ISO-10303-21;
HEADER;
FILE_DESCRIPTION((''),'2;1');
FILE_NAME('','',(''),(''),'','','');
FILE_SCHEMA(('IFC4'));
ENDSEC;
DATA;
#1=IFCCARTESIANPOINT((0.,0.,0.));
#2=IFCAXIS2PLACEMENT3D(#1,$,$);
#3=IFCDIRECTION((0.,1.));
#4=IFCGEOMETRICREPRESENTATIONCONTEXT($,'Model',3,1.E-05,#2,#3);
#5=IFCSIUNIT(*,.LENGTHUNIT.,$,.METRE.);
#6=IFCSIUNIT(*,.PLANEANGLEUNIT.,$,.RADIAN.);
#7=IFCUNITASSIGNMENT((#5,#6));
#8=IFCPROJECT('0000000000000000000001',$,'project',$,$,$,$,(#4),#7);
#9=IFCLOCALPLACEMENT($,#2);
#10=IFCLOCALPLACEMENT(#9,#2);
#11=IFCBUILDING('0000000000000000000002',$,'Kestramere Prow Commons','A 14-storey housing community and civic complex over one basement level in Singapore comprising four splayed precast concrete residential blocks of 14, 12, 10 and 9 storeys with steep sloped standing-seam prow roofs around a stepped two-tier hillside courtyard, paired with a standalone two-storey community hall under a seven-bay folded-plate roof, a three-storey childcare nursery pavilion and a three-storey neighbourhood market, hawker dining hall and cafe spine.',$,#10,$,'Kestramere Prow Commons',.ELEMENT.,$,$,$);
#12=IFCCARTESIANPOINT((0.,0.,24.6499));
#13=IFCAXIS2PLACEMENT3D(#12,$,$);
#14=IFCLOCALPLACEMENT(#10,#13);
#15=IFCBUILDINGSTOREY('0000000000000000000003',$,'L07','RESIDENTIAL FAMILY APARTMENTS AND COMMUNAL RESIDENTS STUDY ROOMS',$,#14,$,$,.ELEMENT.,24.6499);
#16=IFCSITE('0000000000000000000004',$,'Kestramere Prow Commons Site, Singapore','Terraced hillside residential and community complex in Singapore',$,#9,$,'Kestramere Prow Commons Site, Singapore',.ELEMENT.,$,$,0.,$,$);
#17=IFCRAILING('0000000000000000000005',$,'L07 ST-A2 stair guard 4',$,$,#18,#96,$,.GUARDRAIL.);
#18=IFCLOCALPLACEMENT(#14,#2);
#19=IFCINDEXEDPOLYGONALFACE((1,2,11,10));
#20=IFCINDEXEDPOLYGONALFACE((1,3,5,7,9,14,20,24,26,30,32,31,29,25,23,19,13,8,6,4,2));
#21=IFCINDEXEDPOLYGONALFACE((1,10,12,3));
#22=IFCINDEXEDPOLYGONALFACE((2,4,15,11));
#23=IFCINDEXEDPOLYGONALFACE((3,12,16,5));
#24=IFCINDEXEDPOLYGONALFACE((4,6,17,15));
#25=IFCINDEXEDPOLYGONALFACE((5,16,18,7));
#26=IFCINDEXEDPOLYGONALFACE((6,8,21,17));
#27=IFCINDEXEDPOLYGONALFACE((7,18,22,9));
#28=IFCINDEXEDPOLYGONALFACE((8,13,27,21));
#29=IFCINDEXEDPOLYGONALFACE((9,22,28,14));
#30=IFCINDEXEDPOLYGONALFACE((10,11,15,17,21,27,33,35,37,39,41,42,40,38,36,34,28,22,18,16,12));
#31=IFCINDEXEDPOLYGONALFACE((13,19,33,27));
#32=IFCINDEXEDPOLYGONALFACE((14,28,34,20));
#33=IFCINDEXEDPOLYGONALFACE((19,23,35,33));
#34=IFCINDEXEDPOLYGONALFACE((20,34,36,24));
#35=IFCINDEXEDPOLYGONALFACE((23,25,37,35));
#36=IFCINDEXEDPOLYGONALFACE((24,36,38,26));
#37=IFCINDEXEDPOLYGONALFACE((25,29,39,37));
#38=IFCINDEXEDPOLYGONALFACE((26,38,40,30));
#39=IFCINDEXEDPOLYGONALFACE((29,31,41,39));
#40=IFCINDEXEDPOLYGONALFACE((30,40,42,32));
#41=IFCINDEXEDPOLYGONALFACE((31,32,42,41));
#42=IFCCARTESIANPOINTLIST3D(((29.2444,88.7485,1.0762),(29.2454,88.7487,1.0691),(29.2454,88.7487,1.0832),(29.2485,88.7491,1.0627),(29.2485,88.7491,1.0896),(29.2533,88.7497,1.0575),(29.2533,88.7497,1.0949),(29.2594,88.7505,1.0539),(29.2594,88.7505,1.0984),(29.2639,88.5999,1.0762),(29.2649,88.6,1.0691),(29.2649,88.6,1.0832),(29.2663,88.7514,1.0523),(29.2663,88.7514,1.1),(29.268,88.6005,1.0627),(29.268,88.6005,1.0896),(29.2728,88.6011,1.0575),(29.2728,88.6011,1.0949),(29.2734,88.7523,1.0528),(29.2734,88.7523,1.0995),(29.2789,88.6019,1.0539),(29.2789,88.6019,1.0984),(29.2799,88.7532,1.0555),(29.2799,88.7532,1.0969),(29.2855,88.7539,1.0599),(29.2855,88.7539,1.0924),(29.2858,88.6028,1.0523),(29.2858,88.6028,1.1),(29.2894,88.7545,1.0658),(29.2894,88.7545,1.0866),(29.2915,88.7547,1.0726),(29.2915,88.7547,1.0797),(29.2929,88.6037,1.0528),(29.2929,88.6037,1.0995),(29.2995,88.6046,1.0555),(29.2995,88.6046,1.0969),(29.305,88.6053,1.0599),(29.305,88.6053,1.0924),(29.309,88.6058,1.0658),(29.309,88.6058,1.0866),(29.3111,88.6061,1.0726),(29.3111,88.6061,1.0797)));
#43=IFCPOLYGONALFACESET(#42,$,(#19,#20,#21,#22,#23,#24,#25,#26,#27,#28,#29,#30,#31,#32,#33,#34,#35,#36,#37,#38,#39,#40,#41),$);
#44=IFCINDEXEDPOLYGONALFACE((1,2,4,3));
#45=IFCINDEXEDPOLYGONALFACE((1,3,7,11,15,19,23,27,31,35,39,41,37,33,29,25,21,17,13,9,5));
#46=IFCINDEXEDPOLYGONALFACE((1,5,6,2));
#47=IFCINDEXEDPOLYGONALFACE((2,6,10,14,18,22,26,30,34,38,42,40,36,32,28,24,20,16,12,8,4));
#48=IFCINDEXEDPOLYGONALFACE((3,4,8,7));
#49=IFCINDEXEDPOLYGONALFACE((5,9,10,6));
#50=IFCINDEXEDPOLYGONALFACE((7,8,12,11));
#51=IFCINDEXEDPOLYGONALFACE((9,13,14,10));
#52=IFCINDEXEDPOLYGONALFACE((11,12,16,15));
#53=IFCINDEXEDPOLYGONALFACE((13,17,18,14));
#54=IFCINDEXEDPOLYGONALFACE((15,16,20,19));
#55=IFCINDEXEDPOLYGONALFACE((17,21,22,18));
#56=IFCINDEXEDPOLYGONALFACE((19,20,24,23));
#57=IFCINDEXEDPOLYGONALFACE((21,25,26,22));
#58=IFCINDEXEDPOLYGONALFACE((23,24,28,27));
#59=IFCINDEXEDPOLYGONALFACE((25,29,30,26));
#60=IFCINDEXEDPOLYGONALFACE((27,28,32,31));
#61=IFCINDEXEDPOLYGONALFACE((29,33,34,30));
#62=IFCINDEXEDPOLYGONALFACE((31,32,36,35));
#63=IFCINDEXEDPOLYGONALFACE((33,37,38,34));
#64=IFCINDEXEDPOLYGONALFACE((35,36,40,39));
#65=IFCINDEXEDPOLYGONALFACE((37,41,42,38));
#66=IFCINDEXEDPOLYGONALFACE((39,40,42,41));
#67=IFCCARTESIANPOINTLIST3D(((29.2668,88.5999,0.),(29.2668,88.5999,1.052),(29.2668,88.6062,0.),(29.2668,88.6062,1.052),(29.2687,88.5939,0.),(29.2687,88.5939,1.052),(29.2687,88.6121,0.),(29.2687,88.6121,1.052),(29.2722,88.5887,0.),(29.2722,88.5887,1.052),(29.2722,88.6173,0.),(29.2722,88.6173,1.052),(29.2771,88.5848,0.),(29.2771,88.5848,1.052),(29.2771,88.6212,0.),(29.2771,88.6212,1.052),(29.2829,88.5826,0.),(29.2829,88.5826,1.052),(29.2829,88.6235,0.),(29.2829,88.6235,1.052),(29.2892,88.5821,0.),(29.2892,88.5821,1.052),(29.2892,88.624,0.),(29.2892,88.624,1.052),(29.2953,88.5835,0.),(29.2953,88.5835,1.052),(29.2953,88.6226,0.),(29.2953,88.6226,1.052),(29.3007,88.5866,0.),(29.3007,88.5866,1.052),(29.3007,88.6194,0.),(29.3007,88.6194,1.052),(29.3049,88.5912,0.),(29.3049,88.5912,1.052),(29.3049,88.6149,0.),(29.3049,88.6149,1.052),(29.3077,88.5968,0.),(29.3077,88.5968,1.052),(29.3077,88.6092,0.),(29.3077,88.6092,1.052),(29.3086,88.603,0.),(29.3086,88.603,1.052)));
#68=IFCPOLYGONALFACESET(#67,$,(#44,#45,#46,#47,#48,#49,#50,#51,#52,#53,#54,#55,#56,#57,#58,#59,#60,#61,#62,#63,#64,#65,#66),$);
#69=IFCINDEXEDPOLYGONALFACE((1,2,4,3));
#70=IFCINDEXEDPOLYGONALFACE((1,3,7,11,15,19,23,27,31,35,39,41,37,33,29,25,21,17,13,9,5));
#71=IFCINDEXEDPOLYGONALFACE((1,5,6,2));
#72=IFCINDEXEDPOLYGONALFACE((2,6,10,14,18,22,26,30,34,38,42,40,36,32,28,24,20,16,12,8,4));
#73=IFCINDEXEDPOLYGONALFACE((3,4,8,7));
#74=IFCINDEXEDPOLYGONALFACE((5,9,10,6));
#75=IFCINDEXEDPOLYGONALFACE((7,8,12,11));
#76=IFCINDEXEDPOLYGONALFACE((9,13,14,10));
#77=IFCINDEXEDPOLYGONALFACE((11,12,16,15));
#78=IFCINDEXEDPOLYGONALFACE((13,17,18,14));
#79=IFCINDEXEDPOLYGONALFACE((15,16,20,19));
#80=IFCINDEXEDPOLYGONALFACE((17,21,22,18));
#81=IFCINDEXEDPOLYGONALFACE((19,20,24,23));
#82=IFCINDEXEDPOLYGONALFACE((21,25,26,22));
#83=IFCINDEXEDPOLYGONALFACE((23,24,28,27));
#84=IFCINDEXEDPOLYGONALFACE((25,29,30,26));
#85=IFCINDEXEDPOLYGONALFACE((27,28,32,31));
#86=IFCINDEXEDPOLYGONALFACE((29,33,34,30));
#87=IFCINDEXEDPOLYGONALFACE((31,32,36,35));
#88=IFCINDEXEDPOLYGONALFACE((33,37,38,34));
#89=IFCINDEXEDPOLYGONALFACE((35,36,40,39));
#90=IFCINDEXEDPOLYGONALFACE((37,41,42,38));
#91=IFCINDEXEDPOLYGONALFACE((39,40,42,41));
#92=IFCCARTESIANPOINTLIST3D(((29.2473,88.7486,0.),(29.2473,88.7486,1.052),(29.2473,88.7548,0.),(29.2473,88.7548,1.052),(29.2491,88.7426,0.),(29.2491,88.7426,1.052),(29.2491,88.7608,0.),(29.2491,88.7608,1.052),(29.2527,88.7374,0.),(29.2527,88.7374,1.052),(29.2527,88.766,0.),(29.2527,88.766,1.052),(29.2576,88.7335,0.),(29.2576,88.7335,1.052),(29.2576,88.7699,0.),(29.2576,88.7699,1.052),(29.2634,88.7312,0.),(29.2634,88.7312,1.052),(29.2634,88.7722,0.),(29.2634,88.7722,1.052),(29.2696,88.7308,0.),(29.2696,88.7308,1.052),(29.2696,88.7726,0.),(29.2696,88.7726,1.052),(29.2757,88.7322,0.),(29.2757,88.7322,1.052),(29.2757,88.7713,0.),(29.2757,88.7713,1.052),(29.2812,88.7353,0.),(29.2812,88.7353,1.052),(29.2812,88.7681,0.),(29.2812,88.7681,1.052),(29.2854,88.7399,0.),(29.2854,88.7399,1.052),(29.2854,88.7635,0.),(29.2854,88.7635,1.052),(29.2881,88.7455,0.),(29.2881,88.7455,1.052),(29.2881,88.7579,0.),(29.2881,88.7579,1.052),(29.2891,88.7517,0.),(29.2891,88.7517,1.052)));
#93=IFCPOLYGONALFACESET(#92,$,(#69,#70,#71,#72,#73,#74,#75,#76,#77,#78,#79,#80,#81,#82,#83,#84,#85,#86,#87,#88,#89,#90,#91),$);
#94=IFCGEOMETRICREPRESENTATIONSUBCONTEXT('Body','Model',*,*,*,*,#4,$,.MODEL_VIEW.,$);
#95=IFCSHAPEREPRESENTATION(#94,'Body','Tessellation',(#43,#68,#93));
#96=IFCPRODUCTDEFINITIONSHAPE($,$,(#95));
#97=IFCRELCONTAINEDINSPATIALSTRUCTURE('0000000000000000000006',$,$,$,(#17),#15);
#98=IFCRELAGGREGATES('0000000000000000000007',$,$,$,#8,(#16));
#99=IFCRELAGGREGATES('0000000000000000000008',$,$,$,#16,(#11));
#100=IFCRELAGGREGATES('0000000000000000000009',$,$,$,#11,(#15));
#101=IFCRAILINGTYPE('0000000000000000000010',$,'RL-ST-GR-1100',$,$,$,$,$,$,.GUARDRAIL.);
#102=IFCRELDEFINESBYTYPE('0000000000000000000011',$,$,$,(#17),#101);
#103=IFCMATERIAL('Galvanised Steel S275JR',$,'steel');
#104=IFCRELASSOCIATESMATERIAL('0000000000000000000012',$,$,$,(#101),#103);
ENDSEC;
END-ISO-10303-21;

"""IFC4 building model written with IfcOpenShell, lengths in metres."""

from ifc_helpers import new_model, si_unit, direction, frame, origin, origin_2d, place, context, subcontext, project, spatial, circle, extrude, material, type_object, element, save


model = new_model("IFC4")

# Units and contexts
model_context = context("Model", 3, precision=1e-05, world=origin(), true_north=direction((0.0, 1.0)))
body_context = subcontext(model_context, "Body", "Model", "MODEL_VIEW")
ifc_project = project(units=[si_unit("LENGTHUNIT", "METRE"), si_unit("PLANEANGLEUNIT", "RADIAN")], contexts=[model_context])

# Site, building, storey
site_placement = place(None, origin())
site = spatial("IfcSite", under=ifc_project, at=site_placement, Name="Kestramere Prow Commons Site, Singapore", Description="Terraced hillside residential and community complex in Singapore", LongName="Kestramere Prow Commons Site, Singapore", CompositionType="ELEMENT", RefElevation=0.0)
building_placement = place(site_placement, origin())
building = spatial("IfcBuilding", under=site, at=building_placement, Name="Kestramere Prow Commons", Description="A 14-storey housing community and civic complex over one basement level in Singapore comprising four splayed precast concrete residential blocks of 14, 12, 10 and 9 storeys with steep sloped standing-seam prow roofs around a stepped two-tier hillside courtyard, paired with a standalone two-storey community hall under a seven-bay folded-plate roof, a three-storey childcare nursery pavilion and a three-storey neighbourhood market, hawker dining hall and cafe spine.", LongName="Kestramere Prow Commons", CompositionType="ELEMENT")
storey_placement = place(building_placement, frame((0.0, 0.0, 24.6499)))
storey = spatial("IfcBuildingStorey", under=building, at=storey_placement, Name="L07", Description="RESIDENTIAL FAMILY APARTMENTS AND COMMUNAL RESIDENTS STUDY ROOMS", CompositionType="ELEMENT", Elevation=24.6499)

# Railing
ifc_material_1 = material(Name="Galvanised Steel S275JR", Category="steel")
railing_type_1 = type_object("IfcRailingType", Name="RL-ST-GR-1100", PredefinedType="GUARDRAIL", material=ifc_material_1)
railing_1_placement = place(storey_placement, frame((29.2876, 88.603, 0.0)))
element("IfcRailing", 1, at=railing_1_placement, inside=storey, type_object=railing_type_1, Name="L07 ST-A2 stair guard 4", PredefinedType="GUARDRAIL", context=body_context, shape_type="SweptSolid", body=[
    extrude(circle(Radius=0.0239, at=origin_2d()), frame((0.0, 0.0, 1.0762), z_axis=(-0.130244, 0.991482, 0.0), x_axis=(-0.991482, -0.130244, 0.0)), (0.0, 0.0, 1.0), 0.1499),
    extrude(circle(Radius=0.021, at=origin_2d()), origin(), (0.0, 0.0, 1.0), 1.052),
    extrude(circle(Radius=0.021, at=origin_2d()), frame((-0.0195, 0.1487, 0.0)), (0.0, 0.0, 1.0), 1.052),
])

save(model, "model.ifc")
